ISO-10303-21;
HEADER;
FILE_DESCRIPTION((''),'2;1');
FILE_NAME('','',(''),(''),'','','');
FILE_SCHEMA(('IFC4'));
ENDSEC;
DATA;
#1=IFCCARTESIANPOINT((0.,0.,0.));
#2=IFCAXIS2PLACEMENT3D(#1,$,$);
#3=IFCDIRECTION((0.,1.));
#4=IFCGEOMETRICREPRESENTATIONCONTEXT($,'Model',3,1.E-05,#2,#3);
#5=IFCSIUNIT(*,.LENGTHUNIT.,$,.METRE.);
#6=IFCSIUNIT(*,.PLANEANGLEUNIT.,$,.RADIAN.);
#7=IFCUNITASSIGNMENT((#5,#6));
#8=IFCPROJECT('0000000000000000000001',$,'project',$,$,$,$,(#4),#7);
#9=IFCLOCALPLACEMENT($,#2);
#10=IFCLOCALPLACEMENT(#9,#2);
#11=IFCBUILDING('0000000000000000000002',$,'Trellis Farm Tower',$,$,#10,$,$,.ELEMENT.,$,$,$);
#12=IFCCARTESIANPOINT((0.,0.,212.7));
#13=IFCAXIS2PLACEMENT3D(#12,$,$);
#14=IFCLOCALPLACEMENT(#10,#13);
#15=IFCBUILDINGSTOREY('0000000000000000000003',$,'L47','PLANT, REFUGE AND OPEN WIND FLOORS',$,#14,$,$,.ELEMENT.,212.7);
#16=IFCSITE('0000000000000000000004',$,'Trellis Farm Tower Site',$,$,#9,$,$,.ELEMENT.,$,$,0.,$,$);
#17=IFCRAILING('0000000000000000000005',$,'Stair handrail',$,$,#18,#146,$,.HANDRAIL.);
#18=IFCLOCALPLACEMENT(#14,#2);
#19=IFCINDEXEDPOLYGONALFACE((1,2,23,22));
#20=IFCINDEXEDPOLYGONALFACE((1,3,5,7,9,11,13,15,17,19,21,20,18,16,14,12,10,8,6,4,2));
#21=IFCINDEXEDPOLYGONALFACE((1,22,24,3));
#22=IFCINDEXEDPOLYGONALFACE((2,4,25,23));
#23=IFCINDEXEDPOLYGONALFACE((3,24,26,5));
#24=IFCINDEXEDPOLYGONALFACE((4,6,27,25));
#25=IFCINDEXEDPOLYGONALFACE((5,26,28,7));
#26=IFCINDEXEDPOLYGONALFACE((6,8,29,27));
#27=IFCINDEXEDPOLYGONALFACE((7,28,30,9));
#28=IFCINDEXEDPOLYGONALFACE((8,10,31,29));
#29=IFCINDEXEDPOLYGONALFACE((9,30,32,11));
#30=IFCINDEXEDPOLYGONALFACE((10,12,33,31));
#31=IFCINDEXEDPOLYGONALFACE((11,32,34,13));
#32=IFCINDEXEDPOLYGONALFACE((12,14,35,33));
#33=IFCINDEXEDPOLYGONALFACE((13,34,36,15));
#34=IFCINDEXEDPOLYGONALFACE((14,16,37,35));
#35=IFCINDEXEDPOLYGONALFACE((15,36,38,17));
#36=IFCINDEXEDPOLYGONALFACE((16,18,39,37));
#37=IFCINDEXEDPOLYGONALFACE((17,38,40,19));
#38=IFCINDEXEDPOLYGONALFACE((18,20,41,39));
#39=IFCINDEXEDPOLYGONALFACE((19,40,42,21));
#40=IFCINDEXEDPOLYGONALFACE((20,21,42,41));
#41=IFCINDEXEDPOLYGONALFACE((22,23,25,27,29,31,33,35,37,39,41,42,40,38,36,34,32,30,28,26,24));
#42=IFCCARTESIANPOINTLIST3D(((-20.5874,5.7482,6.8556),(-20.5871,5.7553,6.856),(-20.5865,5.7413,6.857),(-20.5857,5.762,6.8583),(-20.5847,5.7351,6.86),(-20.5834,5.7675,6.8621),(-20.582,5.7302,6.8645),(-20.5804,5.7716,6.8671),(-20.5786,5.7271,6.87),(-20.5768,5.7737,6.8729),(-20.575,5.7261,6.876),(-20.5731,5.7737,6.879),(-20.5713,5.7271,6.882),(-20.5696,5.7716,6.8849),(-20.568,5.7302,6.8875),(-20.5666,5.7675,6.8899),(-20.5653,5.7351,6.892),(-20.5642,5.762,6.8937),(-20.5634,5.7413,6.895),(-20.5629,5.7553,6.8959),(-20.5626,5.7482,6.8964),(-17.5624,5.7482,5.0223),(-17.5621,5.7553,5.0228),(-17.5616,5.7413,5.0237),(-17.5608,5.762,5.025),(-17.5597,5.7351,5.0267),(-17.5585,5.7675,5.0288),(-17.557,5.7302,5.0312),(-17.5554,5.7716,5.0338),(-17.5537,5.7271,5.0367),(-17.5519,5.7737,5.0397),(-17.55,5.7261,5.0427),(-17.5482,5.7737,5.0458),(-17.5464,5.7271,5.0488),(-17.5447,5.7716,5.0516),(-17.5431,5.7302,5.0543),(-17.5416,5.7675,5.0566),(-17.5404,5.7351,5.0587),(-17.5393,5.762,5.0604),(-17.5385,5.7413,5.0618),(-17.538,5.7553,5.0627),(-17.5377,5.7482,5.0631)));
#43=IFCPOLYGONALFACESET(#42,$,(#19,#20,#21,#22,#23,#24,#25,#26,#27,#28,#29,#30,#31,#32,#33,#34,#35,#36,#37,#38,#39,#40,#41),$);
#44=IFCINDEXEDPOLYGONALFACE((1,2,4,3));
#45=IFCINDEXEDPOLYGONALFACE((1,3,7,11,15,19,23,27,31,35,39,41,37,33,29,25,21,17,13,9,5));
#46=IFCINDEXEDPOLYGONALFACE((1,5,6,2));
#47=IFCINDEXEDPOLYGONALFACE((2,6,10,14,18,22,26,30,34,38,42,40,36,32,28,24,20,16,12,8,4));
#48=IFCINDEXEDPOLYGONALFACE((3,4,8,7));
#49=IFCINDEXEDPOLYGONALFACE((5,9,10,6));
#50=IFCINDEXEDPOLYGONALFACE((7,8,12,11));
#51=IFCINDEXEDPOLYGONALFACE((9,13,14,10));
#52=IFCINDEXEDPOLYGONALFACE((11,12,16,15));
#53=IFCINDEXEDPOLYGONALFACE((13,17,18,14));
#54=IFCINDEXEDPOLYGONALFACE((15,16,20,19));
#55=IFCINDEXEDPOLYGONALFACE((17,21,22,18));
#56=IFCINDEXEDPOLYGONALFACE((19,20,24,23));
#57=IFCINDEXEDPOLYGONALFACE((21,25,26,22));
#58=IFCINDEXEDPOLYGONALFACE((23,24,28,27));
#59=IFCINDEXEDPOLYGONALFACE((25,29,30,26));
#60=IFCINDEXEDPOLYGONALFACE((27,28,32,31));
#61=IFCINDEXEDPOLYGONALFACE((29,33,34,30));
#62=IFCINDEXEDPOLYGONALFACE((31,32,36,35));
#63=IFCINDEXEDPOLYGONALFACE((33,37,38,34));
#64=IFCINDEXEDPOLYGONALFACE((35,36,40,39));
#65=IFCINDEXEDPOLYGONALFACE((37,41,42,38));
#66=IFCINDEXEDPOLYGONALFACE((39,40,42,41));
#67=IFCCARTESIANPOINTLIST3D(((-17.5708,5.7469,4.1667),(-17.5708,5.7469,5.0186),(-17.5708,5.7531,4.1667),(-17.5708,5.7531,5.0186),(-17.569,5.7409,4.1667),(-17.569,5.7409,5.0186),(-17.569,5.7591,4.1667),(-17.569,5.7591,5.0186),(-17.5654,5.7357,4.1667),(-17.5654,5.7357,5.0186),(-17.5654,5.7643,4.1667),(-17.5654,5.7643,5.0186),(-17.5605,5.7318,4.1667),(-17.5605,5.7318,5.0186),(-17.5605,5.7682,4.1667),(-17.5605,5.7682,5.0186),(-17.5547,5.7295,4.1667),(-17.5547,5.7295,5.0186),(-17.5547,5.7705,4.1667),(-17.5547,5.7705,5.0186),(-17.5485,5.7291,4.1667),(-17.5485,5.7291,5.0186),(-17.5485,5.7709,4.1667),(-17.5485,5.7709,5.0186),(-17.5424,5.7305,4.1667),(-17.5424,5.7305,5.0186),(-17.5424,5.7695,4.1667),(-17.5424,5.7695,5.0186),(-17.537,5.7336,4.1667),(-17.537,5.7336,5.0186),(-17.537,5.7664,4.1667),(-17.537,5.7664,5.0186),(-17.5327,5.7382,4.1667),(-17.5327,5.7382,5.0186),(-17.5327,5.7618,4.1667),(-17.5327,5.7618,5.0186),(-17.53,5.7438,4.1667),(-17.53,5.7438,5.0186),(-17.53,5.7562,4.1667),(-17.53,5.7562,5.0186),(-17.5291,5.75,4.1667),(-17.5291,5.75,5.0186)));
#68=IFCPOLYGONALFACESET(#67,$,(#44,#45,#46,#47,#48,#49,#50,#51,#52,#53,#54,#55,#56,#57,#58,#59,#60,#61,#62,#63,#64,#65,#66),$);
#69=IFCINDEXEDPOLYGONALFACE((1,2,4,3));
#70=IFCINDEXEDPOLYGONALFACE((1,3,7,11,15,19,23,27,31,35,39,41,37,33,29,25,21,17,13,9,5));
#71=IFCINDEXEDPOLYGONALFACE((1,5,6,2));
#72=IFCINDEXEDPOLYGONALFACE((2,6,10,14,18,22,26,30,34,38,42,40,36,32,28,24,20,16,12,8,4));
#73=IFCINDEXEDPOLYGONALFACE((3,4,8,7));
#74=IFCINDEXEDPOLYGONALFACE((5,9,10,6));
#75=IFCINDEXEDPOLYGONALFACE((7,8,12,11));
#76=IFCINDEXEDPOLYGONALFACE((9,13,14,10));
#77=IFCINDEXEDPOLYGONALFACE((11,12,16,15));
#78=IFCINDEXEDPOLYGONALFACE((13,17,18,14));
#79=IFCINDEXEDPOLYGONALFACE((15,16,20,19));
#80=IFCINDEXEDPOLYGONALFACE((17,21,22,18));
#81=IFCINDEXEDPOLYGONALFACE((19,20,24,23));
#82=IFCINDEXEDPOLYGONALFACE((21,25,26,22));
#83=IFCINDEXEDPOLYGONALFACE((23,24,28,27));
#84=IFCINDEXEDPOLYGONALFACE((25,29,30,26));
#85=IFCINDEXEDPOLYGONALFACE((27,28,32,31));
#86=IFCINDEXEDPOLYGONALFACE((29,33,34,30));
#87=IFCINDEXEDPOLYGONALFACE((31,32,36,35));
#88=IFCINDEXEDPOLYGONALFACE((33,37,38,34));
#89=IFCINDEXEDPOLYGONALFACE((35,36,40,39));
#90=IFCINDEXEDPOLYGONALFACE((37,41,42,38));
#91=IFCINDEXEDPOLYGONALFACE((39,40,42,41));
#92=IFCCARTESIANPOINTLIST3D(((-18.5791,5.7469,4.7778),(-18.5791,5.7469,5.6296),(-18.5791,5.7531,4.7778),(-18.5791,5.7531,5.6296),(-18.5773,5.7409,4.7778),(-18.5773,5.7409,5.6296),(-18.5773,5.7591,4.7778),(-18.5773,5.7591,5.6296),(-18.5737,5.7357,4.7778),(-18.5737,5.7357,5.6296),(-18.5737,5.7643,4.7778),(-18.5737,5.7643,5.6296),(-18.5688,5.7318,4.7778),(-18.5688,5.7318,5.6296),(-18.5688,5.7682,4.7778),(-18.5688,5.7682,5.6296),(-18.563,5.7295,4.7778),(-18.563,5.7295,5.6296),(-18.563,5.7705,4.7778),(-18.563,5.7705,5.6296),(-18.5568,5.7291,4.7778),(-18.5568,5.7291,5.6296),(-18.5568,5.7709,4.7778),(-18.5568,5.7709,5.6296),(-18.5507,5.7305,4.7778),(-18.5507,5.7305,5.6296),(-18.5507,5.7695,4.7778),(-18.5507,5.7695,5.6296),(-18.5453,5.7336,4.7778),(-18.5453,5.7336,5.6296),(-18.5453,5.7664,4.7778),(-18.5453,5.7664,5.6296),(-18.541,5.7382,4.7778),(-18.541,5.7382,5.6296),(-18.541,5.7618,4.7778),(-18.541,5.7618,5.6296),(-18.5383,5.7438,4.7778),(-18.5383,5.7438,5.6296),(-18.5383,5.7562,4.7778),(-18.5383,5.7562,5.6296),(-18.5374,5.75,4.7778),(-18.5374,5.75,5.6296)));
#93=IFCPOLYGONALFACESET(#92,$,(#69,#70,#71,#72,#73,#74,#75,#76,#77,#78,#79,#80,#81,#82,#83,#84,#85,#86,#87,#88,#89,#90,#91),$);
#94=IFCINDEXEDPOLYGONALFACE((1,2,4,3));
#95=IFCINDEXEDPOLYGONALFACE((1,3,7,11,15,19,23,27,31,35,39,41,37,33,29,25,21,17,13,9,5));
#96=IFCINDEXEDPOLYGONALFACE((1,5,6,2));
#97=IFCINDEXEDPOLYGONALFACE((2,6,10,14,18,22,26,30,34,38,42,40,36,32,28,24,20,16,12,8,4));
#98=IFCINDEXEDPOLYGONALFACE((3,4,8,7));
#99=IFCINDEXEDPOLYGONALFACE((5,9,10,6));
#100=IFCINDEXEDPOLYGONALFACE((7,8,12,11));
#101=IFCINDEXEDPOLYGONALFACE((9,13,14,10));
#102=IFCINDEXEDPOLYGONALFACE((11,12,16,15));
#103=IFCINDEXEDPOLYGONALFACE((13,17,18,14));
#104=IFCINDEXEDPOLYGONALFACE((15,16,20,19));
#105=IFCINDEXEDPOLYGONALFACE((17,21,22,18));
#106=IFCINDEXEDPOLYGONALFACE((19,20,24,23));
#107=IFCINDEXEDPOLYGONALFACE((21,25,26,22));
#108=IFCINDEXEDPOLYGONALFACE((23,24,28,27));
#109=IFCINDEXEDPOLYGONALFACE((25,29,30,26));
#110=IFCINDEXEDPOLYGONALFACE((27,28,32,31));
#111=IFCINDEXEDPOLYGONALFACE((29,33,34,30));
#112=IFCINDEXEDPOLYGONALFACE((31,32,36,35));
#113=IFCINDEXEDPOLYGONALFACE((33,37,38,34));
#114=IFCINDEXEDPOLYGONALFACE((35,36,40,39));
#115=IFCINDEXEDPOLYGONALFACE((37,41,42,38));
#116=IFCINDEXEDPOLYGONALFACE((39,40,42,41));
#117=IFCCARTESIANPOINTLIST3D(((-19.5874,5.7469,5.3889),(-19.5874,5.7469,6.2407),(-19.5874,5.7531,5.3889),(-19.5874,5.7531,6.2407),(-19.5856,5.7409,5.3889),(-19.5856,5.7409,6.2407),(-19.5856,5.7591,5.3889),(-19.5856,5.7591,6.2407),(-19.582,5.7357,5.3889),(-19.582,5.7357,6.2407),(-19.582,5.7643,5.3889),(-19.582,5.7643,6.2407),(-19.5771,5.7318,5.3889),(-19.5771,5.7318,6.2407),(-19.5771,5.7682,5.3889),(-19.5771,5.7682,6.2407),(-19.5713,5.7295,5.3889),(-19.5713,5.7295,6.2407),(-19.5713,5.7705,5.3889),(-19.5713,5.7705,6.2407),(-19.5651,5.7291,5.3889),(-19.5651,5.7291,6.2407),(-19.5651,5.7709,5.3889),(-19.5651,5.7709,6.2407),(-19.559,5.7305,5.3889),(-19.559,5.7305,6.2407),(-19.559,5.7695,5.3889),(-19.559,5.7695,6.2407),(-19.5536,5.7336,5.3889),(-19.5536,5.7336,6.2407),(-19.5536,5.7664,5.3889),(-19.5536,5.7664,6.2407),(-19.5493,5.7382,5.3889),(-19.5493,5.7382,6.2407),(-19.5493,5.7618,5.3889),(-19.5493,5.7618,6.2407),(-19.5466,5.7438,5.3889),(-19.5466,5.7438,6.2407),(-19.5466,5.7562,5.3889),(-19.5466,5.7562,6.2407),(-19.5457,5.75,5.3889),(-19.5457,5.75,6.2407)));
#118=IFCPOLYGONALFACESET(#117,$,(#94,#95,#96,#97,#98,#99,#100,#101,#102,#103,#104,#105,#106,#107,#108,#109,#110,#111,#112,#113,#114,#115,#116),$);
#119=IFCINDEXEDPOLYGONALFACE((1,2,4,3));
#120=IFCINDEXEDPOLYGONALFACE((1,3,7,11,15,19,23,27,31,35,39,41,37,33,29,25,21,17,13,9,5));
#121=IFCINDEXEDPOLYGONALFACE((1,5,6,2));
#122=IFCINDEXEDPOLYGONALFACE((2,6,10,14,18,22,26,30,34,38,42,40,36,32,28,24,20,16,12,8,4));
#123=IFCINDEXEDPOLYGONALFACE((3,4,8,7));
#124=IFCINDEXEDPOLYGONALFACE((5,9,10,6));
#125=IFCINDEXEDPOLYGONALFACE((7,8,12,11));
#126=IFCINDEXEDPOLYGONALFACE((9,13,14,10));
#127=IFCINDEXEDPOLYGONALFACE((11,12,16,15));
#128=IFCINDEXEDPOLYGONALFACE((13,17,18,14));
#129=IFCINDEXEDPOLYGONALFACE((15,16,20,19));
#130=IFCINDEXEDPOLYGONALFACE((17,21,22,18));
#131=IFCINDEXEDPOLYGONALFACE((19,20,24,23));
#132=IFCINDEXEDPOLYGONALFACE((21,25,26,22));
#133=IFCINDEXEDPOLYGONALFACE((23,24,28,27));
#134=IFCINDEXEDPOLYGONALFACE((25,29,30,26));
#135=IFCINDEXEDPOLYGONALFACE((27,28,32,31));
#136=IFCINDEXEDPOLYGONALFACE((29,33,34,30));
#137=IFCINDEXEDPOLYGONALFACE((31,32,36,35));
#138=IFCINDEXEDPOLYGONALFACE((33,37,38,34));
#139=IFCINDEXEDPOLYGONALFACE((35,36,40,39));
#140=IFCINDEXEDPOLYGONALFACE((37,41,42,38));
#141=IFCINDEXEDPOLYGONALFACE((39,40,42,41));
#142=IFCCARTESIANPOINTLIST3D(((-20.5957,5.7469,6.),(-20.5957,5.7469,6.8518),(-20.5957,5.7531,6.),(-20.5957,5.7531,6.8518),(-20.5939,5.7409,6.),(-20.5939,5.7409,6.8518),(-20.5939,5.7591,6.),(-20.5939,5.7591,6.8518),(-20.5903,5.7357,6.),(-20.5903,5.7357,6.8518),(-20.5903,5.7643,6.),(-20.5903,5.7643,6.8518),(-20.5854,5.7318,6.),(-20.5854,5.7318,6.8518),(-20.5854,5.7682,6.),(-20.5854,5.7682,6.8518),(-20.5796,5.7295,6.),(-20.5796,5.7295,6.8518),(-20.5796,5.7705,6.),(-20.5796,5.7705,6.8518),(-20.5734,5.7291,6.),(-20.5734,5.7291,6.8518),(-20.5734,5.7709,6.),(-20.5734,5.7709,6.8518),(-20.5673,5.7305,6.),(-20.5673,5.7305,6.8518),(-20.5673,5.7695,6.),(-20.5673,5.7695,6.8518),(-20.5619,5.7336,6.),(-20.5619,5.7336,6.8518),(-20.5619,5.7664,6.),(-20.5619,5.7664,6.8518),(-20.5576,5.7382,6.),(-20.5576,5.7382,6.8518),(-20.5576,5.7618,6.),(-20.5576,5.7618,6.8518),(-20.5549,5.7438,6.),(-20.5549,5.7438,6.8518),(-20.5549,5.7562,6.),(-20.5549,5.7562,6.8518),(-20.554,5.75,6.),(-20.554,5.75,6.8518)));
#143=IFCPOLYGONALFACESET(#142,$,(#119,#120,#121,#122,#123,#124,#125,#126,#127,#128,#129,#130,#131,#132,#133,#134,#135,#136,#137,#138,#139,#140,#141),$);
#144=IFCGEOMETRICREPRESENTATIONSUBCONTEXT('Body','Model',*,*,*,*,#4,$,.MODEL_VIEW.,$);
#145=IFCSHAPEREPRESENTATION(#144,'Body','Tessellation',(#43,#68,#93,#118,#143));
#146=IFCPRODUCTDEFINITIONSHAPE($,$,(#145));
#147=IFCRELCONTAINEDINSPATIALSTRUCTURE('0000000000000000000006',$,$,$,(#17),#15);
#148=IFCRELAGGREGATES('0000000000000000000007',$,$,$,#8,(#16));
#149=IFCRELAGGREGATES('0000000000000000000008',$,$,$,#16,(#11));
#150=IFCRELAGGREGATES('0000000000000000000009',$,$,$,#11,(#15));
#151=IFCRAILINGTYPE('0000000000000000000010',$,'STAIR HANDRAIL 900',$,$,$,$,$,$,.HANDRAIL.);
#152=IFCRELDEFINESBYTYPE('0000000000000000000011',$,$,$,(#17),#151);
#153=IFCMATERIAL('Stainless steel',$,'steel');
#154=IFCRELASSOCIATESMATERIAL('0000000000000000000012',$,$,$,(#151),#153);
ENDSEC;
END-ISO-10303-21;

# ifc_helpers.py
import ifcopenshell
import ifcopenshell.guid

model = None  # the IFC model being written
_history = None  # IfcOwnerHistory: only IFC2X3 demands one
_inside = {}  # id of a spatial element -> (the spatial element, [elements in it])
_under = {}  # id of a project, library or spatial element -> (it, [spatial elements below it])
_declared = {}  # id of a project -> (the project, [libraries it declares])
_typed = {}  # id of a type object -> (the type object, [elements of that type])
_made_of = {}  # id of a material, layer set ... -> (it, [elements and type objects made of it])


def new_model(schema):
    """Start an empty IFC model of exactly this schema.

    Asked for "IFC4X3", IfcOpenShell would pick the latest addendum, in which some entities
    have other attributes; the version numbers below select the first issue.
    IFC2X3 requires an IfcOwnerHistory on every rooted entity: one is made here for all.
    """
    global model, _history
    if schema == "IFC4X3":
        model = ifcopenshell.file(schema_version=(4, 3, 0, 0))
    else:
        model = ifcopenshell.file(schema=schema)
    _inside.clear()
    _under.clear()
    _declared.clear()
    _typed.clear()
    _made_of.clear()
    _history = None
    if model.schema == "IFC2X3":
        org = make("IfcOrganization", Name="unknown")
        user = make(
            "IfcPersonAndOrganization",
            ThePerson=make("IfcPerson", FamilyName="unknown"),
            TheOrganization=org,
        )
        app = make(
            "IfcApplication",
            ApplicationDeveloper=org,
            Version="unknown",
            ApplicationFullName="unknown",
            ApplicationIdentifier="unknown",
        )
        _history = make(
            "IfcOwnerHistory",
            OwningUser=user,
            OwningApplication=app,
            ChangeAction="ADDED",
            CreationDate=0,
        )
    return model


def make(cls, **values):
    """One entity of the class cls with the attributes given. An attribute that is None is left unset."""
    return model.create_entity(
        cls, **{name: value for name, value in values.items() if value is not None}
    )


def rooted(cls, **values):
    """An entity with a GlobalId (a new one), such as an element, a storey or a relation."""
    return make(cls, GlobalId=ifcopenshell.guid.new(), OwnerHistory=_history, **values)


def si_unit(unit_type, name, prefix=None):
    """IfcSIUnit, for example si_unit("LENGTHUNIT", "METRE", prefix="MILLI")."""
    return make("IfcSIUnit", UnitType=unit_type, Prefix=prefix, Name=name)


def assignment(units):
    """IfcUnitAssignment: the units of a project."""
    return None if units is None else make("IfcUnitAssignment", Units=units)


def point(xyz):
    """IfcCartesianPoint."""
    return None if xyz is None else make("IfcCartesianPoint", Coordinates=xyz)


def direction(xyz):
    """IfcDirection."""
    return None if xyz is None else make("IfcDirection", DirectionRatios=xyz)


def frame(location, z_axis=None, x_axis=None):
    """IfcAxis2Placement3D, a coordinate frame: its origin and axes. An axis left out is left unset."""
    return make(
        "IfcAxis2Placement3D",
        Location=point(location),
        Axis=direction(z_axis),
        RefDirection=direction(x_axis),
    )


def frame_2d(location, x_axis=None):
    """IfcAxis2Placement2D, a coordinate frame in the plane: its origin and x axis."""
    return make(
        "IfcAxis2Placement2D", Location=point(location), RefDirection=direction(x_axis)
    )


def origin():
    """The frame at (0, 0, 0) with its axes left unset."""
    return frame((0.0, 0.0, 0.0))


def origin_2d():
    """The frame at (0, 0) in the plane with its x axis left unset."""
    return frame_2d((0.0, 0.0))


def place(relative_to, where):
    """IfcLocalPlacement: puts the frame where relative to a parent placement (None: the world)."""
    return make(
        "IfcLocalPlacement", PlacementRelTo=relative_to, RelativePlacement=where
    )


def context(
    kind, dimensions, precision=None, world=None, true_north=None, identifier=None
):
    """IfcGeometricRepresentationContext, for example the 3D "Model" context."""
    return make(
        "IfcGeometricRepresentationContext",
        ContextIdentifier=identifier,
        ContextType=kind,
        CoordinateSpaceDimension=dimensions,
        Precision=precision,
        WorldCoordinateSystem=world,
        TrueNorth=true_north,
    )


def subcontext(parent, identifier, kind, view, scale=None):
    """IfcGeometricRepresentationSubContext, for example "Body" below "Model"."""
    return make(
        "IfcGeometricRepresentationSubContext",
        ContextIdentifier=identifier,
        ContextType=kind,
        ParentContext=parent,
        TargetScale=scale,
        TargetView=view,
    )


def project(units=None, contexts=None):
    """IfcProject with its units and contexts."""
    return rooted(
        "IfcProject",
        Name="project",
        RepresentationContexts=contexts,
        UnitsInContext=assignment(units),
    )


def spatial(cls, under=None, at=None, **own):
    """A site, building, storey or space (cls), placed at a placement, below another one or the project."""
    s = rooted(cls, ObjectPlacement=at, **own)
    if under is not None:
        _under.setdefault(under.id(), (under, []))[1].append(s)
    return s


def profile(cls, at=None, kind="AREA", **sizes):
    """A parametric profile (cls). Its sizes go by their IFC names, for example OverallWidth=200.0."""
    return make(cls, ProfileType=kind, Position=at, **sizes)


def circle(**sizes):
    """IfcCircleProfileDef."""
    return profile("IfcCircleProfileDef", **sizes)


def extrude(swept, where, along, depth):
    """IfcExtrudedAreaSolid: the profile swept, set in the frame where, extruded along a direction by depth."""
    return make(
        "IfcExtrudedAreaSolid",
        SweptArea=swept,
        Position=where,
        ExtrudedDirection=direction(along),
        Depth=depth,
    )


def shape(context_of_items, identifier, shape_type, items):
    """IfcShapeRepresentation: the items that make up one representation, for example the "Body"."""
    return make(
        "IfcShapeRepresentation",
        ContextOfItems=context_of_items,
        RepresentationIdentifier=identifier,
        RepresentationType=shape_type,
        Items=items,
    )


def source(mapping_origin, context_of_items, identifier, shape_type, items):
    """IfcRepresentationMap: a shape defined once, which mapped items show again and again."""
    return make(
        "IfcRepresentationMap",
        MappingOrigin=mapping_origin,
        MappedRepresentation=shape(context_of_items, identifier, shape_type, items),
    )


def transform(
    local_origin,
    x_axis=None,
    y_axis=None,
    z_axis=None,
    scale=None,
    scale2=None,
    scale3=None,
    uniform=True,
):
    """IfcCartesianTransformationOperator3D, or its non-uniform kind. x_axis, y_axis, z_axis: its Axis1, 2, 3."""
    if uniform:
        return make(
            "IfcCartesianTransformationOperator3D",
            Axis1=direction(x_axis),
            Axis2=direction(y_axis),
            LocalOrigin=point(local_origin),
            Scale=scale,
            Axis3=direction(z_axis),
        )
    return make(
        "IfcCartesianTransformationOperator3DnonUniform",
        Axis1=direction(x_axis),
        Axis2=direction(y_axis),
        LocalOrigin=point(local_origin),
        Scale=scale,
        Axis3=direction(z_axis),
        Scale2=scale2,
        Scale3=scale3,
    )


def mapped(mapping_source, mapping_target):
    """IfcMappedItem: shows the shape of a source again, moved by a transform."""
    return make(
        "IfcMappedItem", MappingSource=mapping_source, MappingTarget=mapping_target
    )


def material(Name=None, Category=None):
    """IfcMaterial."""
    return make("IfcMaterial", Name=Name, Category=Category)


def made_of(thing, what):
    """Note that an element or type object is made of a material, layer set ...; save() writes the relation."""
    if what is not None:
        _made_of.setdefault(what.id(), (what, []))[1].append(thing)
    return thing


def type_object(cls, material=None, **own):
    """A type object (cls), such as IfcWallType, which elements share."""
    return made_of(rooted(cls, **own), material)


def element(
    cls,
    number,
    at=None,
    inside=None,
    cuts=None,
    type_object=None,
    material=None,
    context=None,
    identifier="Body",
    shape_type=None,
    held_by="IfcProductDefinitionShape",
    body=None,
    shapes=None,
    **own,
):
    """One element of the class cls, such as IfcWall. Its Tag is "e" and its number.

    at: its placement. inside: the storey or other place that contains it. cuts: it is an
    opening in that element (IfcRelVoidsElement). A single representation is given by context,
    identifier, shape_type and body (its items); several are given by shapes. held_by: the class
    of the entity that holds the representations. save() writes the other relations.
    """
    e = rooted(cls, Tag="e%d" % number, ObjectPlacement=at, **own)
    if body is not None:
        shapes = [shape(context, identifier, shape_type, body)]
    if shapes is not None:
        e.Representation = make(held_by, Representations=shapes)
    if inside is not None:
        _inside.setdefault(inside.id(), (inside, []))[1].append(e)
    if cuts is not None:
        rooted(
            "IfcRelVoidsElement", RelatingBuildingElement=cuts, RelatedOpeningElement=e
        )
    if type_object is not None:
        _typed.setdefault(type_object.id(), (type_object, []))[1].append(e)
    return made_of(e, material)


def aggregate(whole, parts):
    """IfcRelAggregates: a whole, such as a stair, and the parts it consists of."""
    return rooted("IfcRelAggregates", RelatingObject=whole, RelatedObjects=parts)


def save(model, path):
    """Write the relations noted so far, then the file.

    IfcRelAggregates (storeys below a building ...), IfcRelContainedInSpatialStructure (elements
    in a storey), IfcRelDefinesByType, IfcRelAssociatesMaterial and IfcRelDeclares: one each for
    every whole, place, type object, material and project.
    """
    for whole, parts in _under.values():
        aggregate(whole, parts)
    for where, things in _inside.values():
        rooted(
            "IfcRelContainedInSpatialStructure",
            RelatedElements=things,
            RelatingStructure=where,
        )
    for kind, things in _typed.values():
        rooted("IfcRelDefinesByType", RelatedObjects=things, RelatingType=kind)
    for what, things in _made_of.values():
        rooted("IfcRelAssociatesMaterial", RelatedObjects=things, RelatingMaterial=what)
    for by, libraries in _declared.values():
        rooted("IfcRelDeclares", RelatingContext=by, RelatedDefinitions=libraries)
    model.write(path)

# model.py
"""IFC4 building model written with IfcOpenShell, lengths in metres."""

from ifc_helpers import new_model, si_unit, direction, frame, origin, origin_2d, place, context, subcontext, project, spatial, circle, extrude, source, transform, mapped, material, type_object, element, save


model = new_model("IFC4")

# Units and contexts
model_context = context("Model", 3, precision=1e-05, world=origin(), true_north=direction((0.0, 1.0)))
body_context = subcontext(model_context, "Body", "Model", "MODEL_VIEW")
ifc_project = project(units=[si_unit("LENGTHUNIT", "METRE"), si_unit("PLANEANGLEUNIT", "RADIAN")], contexts=[model_context])

# Site, building, storey
site_placement = place(None, origin())
site = spatial("IfcSite", under=ifc_project, at=site_placement, Name="Trellis Farm Tower Site", CompositionType="ELEMENT", RefElevation=0.0)
building_placement = place(site_placement, origin())
building = spatial("IfcBuilding", under=site, at=building_placement, Name="Trellis Farm Tower", CompositionType="ELEMENT")
storey_placement = place(building_placement, frame((0.0, 0.0, 212.7)))
storey = spatial("IfcBuildingStorey", under=building, at=storey_placement, Name="L47", Description="PLANT, REFUGE AND OPEN WIND FLOORS", CompositionType="ELEMENT", Elevation=212.7)

# Railing
ifc_material_1 = material(Name="Stainless steel", Category="steel")
railing_type_1 = type_object("IfcRailingType", Name="STAIR HANDRAIL 900", PredefinedType="HANDRAIL", material=ifc_material_1)
shared_shape_1 = source(origin(), body_context, "Body", "SweptSolid", [
    extrude(circle(Radius=0.0239, at=origin_2d()), frame((0.0, 0.0, 0.876), z_axis=(-0.855201, 0.0, 0.518297), x_axis=(0.0, -1.0, 0.0)), (0.0, 0.0, 1.0), 3.5371),
    extrude(circle(Radius=0.021, at=origin_2d()), origin(), (0.0, 0.0, 1.0), 0.8518),
    extrude(circle(Radius=0.021, at=origin_2d()), frame((-1.0083, 0.0, 0.6111)), (0.0, 0.0, 1.0), 0.8518),
    extrude(circle(Radius=0.021, at=origin_2d()), frame((-2.0166, 0.0, 1.2222)), (0.0, 0.0, 1.0), 0.8518),
    extrude(circle(Radius=0.021, at=origin_2d()), frame((-3.0249, 0.0, 1.8333)), (0.0, 0.0, 1.0), 0.8518),
])
for number, where, name in (
    (1, (-17.55, 5.75, 4.1667), "Stair handrail"),
):
    element("IfcRailing", number, at=place(storey_placement, frame(where)), inside=storey, type_object=railing_type_1, Name=name, PredefinedType="HANDRAIL", context=body_context, shape_type="MappedRepresentation", body=[
        mapped(shared_shape_1, transform((0.0, 0.0, 0.0))),
    ])

save(model, "model.ifc")
